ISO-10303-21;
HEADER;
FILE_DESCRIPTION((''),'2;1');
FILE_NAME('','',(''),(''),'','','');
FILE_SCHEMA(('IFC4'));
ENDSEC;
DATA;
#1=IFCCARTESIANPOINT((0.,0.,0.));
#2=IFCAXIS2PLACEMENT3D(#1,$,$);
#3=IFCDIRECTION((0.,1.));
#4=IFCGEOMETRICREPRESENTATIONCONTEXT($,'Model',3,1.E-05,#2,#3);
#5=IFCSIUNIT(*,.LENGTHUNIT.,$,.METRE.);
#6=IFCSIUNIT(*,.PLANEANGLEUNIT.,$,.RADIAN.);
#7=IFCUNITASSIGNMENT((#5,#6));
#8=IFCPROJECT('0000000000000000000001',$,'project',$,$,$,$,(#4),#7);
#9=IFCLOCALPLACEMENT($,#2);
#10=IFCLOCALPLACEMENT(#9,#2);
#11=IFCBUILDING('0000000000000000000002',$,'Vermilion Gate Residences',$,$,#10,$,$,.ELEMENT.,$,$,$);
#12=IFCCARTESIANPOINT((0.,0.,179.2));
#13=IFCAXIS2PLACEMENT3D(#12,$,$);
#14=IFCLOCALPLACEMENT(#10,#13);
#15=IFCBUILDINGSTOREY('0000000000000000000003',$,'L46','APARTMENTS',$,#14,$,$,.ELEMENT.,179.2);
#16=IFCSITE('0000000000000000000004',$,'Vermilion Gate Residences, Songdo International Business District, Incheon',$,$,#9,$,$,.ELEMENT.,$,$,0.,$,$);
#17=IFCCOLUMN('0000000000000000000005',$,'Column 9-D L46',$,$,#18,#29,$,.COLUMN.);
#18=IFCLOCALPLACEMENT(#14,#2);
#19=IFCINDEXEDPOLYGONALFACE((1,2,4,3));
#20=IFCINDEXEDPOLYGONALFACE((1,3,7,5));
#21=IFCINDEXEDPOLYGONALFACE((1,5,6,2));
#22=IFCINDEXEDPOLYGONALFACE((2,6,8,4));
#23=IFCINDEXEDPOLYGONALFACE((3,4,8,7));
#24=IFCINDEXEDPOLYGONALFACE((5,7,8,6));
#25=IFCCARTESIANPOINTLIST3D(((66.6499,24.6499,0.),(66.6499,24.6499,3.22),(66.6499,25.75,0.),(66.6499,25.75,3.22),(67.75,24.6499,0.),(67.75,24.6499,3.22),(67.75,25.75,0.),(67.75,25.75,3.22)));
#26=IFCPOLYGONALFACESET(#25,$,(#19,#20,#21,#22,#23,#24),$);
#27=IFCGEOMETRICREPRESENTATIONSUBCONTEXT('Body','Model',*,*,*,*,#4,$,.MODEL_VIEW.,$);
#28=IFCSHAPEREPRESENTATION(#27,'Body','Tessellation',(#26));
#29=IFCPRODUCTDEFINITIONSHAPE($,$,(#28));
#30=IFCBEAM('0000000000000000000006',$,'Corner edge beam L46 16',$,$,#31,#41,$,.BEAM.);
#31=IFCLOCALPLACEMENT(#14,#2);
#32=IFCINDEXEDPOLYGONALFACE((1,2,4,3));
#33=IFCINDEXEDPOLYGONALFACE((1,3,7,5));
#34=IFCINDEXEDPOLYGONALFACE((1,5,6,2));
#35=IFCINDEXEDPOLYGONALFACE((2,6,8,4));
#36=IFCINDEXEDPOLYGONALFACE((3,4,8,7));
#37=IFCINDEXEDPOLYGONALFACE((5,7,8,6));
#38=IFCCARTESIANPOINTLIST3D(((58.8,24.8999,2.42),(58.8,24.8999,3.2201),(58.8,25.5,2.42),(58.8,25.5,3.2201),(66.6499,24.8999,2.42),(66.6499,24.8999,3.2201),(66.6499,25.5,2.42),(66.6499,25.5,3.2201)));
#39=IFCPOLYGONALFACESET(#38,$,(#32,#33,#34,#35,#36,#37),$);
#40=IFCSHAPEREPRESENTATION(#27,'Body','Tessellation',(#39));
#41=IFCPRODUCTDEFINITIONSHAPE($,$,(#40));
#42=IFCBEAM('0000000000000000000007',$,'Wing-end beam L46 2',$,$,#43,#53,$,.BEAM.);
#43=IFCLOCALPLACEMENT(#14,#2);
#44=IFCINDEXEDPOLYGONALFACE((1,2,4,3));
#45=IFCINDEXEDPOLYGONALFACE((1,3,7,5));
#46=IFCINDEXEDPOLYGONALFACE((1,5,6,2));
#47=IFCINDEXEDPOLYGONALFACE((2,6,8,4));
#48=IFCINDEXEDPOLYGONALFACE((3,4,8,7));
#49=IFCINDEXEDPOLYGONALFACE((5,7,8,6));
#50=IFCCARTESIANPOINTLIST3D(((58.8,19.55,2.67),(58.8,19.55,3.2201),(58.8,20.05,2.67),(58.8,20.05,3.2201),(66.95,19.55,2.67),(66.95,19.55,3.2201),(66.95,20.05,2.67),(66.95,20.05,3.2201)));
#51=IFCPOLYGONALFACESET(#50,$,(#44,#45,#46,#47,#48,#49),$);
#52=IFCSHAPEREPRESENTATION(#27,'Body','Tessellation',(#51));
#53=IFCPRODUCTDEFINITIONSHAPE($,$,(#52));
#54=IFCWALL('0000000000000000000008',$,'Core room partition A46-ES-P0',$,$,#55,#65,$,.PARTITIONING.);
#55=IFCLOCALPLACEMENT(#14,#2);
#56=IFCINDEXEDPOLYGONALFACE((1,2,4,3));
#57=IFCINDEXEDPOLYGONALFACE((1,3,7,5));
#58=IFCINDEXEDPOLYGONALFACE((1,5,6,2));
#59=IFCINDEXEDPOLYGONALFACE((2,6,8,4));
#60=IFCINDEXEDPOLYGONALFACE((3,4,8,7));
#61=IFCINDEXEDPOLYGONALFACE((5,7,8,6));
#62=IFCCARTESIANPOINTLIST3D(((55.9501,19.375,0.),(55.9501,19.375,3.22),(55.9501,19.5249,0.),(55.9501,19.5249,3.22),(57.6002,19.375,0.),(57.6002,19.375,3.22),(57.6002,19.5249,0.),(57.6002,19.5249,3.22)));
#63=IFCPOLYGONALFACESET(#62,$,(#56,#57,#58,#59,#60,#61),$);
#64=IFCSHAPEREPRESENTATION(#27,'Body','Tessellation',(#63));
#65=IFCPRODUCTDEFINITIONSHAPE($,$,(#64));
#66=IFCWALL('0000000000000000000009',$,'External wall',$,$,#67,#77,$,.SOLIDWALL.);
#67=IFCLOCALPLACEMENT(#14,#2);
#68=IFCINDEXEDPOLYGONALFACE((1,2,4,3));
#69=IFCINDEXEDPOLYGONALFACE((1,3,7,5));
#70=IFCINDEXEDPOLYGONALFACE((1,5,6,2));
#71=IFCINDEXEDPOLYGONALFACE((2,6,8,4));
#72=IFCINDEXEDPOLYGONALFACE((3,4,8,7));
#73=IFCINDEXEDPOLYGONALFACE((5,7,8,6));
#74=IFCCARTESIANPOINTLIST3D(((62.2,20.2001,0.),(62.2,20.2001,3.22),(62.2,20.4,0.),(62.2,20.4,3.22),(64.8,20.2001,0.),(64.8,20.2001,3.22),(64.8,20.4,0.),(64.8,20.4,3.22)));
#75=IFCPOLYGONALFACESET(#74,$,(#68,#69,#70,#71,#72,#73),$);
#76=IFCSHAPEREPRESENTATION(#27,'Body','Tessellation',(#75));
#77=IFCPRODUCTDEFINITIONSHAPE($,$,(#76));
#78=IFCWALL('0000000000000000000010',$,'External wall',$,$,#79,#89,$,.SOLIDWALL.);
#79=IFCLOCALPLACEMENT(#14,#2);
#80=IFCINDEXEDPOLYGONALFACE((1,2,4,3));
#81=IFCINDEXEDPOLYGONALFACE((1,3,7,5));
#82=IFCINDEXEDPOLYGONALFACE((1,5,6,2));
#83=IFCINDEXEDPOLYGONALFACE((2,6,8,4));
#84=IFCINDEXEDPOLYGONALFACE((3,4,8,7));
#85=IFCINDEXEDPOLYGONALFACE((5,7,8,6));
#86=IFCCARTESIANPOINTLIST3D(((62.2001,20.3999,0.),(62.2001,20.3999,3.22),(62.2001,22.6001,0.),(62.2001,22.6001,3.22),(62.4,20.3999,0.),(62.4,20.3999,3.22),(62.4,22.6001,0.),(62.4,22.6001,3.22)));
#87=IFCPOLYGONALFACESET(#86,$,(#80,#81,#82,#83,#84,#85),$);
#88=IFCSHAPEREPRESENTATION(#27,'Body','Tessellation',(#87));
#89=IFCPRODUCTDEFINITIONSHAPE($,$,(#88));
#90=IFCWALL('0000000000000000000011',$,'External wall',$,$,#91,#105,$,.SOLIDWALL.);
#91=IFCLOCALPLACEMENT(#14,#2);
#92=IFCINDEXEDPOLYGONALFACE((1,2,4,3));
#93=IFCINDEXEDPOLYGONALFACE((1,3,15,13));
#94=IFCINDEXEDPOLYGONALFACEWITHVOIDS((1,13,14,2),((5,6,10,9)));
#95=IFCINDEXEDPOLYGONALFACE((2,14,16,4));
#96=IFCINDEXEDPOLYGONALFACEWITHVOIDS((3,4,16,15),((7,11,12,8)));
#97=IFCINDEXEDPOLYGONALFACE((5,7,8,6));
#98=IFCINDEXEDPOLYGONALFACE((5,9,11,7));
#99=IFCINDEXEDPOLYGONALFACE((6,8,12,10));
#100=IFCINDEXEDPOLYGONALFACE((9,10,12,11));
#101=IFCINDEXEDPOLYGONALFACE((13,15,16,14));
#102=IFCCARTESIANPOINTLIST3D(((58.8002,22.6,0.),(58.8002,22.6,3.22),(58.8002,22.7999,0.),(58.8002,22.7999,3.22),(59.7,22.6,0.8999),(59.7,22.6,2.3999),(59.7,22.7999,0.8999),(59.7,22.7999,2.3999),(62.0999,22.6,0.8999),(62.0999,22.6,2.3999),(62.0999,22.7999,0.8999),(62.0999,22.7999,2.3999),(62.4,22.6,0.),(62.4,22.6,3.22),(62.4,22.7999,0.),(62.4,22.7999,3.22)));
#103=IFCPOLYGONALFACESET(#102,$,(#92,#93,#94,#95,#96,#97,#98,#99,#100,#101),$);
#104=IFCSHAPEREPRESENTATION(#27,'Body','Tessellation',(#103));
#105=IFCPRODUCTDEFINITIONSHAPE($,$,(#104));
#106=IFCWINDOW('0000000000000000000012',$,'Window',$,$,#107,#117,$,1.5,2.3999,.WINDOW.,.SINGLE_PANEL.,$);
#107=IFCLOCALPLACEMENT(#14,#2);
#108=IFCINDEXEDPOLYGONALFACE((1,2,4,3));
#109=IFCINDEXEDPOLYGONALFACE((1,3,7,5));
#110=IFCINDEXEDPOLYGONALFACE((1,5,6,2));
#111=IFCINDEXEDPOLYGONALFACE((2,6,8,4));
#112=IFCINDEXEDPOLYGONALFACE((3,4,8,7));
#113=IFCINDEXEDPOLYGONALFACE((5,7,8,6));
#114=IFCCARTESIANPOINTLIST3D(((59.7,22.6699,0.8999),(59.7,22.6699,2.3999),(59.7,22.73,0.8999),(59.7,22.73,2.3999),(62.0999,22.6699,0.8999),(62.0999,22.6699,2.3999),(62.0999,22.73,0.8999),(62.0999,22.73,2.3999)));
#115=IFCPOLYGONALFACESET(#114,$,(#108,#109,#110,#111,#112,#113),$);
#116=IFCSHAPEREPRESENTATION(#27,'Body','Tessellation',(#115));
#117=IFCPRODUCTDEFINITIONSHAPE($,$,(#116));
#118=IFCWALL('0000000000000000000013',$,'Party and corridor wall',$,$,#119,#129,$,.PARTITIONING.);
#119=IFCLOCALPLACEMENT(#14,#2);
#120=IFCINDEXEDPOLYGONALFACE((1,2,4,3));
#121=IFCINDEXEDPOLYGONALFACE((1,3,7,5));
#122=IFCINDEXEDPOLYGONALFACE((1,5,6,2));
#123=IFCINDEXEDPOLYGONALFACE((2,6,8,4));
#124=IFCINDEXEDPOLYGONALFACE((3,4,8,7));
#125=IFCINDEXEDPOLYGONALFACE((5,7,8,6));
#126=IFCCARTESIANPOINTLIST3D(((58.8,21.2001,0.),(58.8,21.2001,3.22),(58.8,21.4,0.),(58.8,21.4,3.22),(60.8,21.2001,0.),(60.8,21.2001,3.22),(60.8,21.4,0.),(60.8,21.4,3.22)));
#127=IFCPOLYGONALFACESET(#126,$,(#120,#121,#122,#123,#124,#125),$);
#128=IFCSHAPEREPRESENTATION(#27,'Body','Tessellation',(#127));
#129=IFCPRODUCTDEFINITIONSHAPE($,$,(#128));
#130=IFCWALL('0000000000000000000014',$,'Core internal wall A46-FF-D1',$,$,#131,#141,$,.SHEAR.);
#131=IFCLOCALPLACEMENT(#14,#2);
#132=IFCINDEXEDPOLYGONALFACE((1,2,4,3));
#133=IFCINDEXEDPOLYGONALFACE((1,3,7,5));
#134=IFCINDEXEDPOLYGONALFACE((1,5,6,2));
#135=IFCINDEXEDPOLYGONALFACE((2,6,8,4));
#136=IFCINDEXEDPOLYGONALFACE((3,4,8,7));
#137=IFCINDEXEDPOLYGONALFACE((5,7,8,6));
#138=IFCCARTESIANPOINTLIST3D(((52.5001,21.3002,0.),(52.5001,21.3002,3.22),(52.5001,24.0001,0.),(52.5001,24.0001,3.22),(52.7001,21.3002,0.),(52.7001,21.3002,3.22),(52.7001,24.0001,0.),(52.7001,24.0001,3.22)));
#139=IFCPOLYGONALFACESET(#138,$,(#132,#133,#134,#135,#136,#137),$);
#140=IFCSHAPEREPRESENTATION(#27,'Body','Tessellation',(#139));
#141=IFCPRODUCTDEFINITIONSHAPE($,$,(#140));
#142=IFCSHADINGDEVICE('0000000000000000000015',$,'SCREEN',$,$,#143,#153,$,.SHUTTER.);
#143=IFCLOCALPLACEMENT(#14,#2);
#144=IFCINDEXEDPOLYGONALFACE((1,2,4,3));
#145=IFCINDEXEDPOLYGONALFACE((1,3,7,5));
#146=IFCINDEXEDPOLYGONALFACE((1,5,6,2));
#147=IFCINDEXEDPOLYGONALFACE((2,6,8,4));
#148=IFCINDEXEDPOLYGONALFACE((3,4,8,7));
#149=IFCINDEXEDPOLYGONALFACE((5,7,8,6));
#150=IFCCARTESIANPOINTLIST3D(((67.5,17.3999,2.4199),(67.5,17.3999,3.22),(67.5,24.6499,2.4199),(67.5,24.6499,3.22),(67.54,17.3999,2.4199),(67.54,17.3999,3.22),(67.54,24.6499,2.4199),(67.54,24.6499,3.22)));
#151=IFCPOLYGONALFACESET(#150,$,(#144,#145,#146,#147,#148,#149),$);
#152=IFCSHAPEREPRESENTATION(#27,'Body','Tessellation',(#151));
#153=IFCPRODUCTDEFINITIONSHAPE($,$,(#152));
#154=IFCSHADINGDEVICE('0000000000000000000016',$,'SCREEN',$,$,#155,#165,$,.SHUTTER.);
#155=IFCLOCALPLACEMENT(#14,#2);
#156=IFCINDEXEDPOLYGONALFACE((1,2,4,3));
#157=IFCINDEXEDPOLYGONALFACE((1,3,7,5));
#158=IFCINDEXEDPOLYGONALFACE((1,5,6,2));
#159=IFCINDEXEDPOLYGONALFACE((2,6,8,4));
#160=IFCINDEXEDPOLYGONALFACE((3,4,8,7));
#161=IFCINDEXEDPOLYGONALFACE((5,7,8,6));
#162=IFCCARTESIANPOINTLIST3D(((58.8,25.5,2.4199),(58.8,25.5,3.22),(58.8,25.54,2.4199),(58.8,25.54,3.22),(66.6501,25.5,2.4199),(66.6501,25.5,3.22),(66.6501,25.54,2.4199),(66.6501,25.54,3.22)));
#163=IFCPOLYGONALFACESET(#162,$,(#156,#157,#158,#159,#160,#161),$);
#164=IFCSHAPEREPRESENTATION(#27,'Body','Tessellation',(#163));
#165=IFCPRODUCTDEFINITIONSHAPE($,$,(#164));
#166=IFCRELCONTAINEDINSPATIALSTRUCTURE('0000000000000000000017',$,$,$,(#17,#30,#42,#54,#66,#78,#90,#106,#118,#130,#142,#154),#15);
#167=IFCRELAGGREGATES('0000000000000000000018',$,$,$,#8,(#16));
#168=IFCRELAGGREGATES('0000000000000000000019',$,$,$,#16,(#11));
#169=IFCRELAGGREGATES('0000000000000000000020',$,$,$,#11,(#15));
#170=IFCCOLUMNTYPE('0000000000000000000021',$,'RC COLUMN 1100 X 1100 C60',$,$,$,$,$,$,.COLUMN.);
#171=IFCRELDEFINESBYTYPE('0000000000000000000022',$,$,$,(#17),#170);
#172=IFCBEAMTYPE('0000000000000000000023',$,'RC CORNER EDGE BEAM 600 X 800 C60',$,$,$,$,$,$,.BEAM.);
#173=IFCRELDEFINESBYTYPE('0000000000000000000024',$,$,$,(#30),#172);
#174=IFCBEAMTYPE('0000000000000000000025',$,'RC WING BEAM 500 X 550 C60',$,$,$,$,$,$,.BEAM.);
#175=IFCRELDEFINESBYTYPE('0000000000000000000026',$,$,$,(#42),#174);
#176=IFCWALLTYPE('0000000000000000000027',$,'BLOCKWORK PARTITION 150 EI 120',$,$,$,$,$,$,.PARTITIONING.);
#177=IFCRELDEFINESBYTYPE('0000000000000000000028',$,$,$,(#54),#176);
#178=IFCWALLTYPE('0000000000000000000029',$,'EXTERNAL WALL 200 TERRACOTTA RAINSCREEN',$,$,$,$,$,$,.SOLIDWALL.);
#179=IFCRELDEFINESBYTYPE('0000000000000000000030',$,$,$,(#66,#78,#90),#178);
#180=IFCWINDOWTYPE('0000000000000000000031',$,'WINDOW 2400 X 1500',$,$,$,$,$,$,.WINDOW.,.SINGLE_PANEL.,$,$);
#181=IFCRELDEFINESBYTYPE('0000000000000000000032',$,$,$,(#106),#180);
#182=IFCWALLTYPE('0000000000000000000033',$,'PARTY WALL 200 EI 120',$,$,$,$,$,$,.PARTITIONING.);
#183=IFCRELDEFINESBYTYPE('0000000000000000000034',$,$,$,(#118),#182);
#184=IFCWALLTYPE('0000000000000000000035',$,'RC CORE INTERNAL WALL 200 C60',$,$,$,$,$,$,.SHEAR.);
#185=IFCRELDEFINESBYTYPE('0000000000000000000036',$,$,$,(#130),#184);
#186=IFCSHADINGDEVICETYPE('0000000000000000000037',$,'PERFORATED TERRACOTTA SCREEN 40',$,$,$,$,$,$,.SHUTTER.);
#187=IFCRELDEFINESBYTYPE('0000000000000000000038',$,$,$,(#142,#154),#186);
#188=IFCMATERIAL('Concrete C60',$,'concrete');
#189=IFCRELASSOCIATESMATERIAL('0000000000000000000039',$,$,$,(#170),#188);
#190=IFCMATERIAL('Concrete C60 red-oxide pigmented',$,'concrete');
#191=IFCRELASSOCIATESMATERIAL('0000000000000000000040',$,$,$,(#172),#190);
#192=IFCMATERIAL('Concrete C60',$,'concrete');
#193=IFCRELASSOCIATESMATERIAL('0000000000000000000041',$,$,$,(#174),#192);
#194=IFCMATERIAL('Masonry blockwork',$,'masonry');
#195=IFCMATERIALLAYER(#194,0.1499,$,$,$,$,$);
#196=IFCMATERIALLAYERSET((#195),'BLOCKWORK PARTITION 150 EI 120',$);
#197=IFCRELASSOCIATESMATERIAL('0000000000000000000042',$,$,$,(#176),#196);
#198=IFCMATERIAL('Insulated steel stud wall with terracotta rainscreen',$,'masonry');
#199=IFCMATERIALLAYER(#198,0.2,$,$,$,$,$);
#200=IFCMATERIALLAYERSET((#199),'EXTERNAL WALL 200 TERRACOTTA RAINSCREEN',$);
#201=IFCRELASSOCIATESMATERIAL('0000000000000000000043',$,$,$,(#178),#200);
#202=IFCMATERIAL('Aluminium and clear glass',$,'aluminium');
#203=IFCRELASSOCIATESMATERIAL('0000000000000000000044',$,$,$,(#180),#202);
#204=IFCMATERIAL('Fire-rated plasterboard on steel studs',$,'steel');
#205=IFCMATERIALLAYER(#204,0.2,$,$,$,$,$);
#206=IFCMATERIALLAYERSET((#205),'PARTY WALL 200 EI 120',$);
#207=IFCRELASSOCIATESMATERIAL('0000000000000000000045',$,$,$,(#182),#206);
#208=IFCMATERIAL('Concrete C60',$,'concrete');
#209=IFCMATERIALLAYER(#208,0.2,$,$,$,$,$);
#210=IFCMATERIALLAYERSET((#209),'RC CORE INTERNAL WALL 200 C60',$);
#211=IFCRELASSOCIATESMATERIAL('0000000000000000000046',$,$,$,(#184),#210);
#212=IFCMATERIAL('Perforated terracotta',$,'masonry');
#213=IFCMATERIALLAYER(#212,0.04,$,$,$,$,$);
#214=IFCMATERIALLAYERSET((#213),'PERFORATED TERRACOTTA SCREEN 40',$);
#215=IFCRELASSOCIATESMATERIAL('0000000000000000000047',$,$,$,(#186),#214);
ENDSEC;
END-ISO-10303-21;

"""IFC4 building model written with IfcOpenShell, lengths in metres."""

from ifc_helpers import new_model, si_unit, direction, frame, frame_2d, origin, origin_2d, place, context, subcontext, project, spatial, rectangle, extrude, material, layer, layer_set, material_profile, profile_set, type_object, element, fill, save


model = new_model("IFC4")

# Units and contexts
model_context = context("Model", 3, precision=1e-05, world=origin(), true_north=direction((0.0, 1.0)))
body_context = subcontext(model_context, "Body", "Model", "MODEL_VIEW")
ifc_project = project(units=[si_unit("LENGTHUNIT", "METRE"), si_unit("PLANEANGLEUNIT", "RADIAN")], contexts=[model_context])

# Site, building, storey
site_placement = place(None, origin())
site = spatial("IfcSite", under=ifc_project, at=site_placement, Name="Vermilion Gate Residences, Songdo International Business District, Incheon", CompositionType="ELEMENT", RefElevation=0.0)
building_placement = place(site_placement, origin())
building = spatial("IfcBuilding", under=site, at=building_placement, Name="Vermilion Gate Residences", CompositionType="ELEMENT")
storey_placement = place(building_placement, frame((0.0, 0.0, 179.2)))
storey = spatial("IfcBuildingStorey", under=building, at=storey_placement, Name="L46", Description="APARTMENTS", CompositionType="ELEMENT", Elevation=179.2)

# Column
ifc_material_1 = material(Name="Concrete C60", Category="concrete")
ifc_material_profile_1 = material_profile(ifc_material_1, rectangle(XDim=1.1001, YDim=1.1001, at=origin_2d()), Name="RC-1100x1100")
ifc_profile_set_1 = profile_set([ifc_material_profile_1], Name="Concrete C60")
column_type = type_object("IfcColumnType", Name="RC COLUMN 1100 X 1100 C60", PredefinedType="COLUMN", material=ifc_profile_set_1)
column_placement = place(storey_placement, frame((67.2, 25.2, 0.0), z_axis=(0.0, 0.0, 1.0), x_axis=(1.0, 0.0, 0.0)))
element("IfcColumn", 1, at=column_placement, inside=storey, type_object=column_type, Name="Column 9-D L46", PredefinedType="COLUMN", context=body_context, shape_type="SweptSolid", body=[
    extrude(rectangle(XDim=1.1001, YDim=1.1001, at=origin_2d()), origin(), (0.0, 0.0, 1.0), 3.22),
])

# Beams
ifc_material_2 = material(Name="Concrete C60 red-oxide pigmented", Category="concrete")
ifc_material_profile_2 = material_profile(ifc_material_2, rectangle(XDim=0.6001, YDim=0.8, at=origin_2d()), Name="RC-600x800")
ifc_profile_set_2 = profile_set([ifc_material_profile_2], Name="Concrete C60 red-oxide pigmented")
beam_type_1 = type_object("IfcBeamType", Name="RC CORNER EDGE BEAM 600 X 800 C60", PredefinedType="BEAM", material=ifc_profile_set_2)
beam_1_placement = place(storey_placement, frame((58.8, 25.2, 2.8201), z_axis=(1.0, 0.0, 0.0), x_axis=(0.0, 1.0, 0.0)))
element("IfcBeam", 2, at=beam_1_placement, inside=storey, type_object=beam_type_1, Name="Corner edge beam L46 16", PredefinedType="BEAM", context=body_context, shape_type="SweptSolid", body=[
    extrude(rectangle(XDim=0.6001, YDim=0.8, at=origin_2d()), origin(), (0.0, 0.0, 1.0), 7.8499),
])
ifc_material_3 = material(Name="Concrete C60", Category="concrete")
ifc_material_profile_3 = material_profile(ifc_material_3, rectangle(XDim=0.5, YDim=0.55, at=origin_2d()), Name="RC-500x550")
ifc_profile_set_3 = profile_set([ifc_material_profile_3], Name="Concrete C60")
beam_type_2 = type_object("IfcBeamType", Name="RC WING BEAM 500 X 550 C60", PredefinedType="BEAM", material=ifc_profile_set_3)
beam_2_placement = place(storey_placement, frame((58.8, 19.8, 2.9451), z_axis=(1.0, 0.0, 0.0), x_axis=(0.0, 1.0, 0.0)))
element("IfcBeam", 3, at=beam_2_placement, inside=storey, type_object=beam_type_2, Name="Wing-end beam L46 2", PredefinedType="BEAM", context=body_context, shape_type="SweptSolid", body=[
    extrude(rectangle(XDim=0.5, YDim=0.55, at=origin_2d()), origin(), (0.0, 0.0, 1.0), 8.1499),
])

# Walls
ifc_material_4 = material(Name="Masonry blockwork", Category="masonry")
ifc_layer_1 = layer(ifc_material_4, 0.1499)
ifc_layer_set_1 = layer_set([ifc_layer_1], Name="BLOCKWORK PARTITION 150 EI 120")
wall_type_1 = type_object("IfcWallType", Name="BLOCKWORK PARTITION 150 EI 120", PredefinedType="PARTITIONING", material=ifc_layer_set_1)
wall_1_placement = place(storey_placement, frame((55.95, 19.45, 0.0), z_axis=(0.0, 0.0, 1.0), x_axis=(1.0, 0.0, 0.0)))
element("IfcWall", 4, at=wall_1_placement, inside=storey, type_object=wall_type_1, Name="Core room partition A46-ES-P0", PredefinedType="PARTITIONING", context=body_context, shape_type="SweptSolid", body=[
    extrude(rectangle(XDim=1.6501, YDim=0.1499, at=frame_2d((0.8252, 0.0))), origin(), (0.0, 0.0, 1.0), 3.22),
])
ifc_material_5 = material(Name="Insulated steel stud wall with terracotta rainscreen", Category="masonry")
ifc_layer_2 = layer(ifc_material_5, 0.2)
ifc_layer_set_2 = layer_set([ifc_layer_2], Name="EXTERNAL WALL 200 TERRACOTTA RAINSCREEN")
wall_type_2 = type_object("IfcWallType", Name="EXTERNAL WALL 200 TERRACOTTA RAINSCREEN", PredefinedType="SOLIDWALL", material=ifc_layer_set_2)
wall_2_placement = place(storey_placement, frame((64.8, 20.3, 0.0), z_axis=(0.0, 0.0, 1.0), x_axis=(-1.0, 0.0, 0.0)))
element("IfcWall", 5, at=wall_2_placement, inside=storey, type_object=wall_type_2, Name="External wall", PredefinedType="SOLIDWALL", context=body_context, shape_type="SweptSolid", body=[
    extrude(rectangle(XDim=2.6001, YDim=0.2, at=frame_2d((1.3, 0.0))), origin(), (0.0, 0.0, 1.0), 3.22),
])
wall_3_placement = place(storey_placement, frame((62.3, 20.3999, 0.0), z_axis=(0.0, 0.0, 1.0), x_axis=(0.0, 1.0, 0.0)))
element("IfcWall", 6, at=wall_3_placement, inside=storey, type_object=wall_type_2, Name="External wall", PredefinedType="SOLIDWALL", context=body_context, shape_type="SweptSolid", body=[
    extrude(rectangle(XDim=2.2002, YDim=0.2, at=frame_2d((1.1001, 0.0))), origin(), (0.0, 0.0, 1.0), 3.22),
])

# Wall, opening, window
wall_4_placement = place(storey_placement, frame((62.3999, 22.7, 0.0), z_axis=(0.0, 0.0, 1.0), x_axis=(-1.0, 0.0, 0.0)))
wall_4 = element("IfcWall", 7, at=wall_4_placement, inside=storey, type_object=wall_type_2, Name="External wall", PredefinedType="SOLIDWALL", context=body_context, shape_type="SweptSolid", body=[
    extrude(rectangle(XDim=3.5999, YDim=0.2, at=frame_2d((1.7998, 0.0))), origin(), (0.0, 0.0, 1.0), 3.22),
])
opening_placement = place(wall_4_placement, frame((0.3, 0.0, 0.8999)))
opening = element("IfcOpeningElement", 8, at=opening_placement, cuts=wall_4, PredefinedType="OPENING", context=body_context, shape_type="SweptSolid", body=[
    extrude(rectangle(XDim=2.3999, YDim=1.5, at=frame_2d((1.2, 0.75))), frame((0.0, 0.1099, 0.0), z_axis=(0.0, -1.0, 0.0), x_axis=(1.0, 0.0, 0.0)), (0.0, 0.0, 1.0), 0.22),
])
ifc_material_6 = material(Name="Aluminium and clear glass", Category="aluminium")
window_type = type_object("IfcWindowType", Name="WINDOW 2400 X 1500", PartitioningType="SINGLE_PANEL", PredefinedType="WINDOW", material=ifc_material_6)
window_placement = place(opening_placement, origin())
window = element("IfcWindow", 9, at=window_placement, inside=storey, type_object=window_type, Name="Window", OverallHeight=1.5, OverallWidth=2.3999, PartitioningType="SINGLE_PANEL", PredefinedType="WINDOW", context=body_context, shape_type="SweptSolid", body=[
    extrude(rectangle(XDim=2.3999, YDim=1.5, at=frame_2d((1.2, 0.75))), frame((0.0, 0.03, 0.0), z_axis=(0.0, -1.0, 0.0), x_axis=(1.0, 0.0, 0.0)), (0.0, 0.0, 1.0), 0.0601),
])
fill(opening, window)

# Walls
ifc_material_7 = material(Name="Fire-rated plasterboard on steel studs", Category="steel")
ifc_layer_3 = layer(ifc_material_7, 0.2)
ifc_layer_set_3 = layer_set([ifc_layer_3], Name="PARTY WALL 200 EI 120")
wall_type_3 = type_object("IfcWallType", Name="PARTY WALL 200 EI 120", PredefinedType="PARTITIONING", material=ifc_layer_set_3)
wall_5_placement = place(storey_placement, frame((58.8, 21.3, 0.0), z_axis=(0.0, 0.0, 1.0), x_axis=(1.0, 0.0, 0.0)))
element("IfcWall", 10, at=wall_5_placement, inside=storey, type_object=wall_type_3, Name="Party and corridor wall", PredefinedType="PARTITIONING", context=body_context, shape_type="SweptSolid", body=[
    extrude(rectangle(XDim=2.0, YDim=0.2, at=frame_2d((1.0, 0.0))), origin(), (0.0, 0.0, 1.0), 3.22),
])
ifc_material_8 = material(Name="Concrete C60", Category="concrete")
ifc_layer_4 = layer(ifc_material_8, 0.2)
ifc_layer_set_4 = layer_set([ifc_layer_4], Name="RC CORE INTERNAL WALL 200 C60")
wall_type_4 = type_object("IfcWallType", Name="RC CORE INTERNAL WALL 200 C60", PredefinedType="SHEAR", material=ifc_layer_set_4)
wall_6_placement = place(storey_placement, frame((52.6001, 21.3, 0.0), z_axis=(0.0, 0.0, 1.0), x_axis=(0.0, 1.0, 0.0)))
element("IfcWall", 11, at=wall_6_placement, inside=storey, type_object=wall_type_4, Name="Core internal wall A46-FF-D1", PredefinedType="SHEAR", context=body_context, shape_type="SweptSolid", body=[
    extrude(rectangle(XDim=2.7, YDim=0.2, at=frame_2d((1.3501, 0.0))), origin(), (0.0, 0.0, 1.0), 3.22),
])

# Shading devices
ifc_material_9 = material(Name="Perforated terracotta", Category="masonry")
ifc_layer_5 = layer(ifc_material_9, 0.04)
ifc_layer_set_5 = layer_set([ifc_layer_5], Name="PERFORATED TERRACOTTA SCREEN 40")
shading_device_type_1 = type_object("IfcShadingDeviceType", Name="PERFORATED TERRACOTTA SCREEN 40", PredefinedType="SHUTTER", material=ifc_layer_set_5)
shading_device_1_placement = place(storey_placement, frame((67.52, 21.0249, 2.4199), z_axis=(0.0, 0.0, 1.0), x_axis=(0.0, 1.0, 0.0)))
element("IfcShadingDevice", 12, at=shading_device_1_placement, inside=storey, type_object=shading_device_type_1, Name="SCREEN", PredefinedType="SHUTTER", context=body_context, shape_type="SweptSolid", body=[
    extrude(rectangle(XDim=7.25, YDim=0.04, at=origin_2d()), origin(), (0.0, 0.0, 1.0), 0.8),
])
shading_device_2_placement = place(storey_placement, frame((62.7251, 25.52, 2.4199), z_axis=(0.0, 0.0, 1.0), x_axis=(-1.0, 0.0, 0.0)))
element("IfcShadingDevice", 13, at=shading_device_2_placement, inside=storey, type_object=shading_device_type_1, Name="SCREEN", PredefinedType="SHUTTER", context=body_context, shape_type="SweptSolid", body=[
    extrude(rectangle(XDim=7.8501, YDim=0.04, at=origin_2d()), origin(), (0.0, 0.0, 1.0), 0.8),
])

save(model, "model.ifc")
